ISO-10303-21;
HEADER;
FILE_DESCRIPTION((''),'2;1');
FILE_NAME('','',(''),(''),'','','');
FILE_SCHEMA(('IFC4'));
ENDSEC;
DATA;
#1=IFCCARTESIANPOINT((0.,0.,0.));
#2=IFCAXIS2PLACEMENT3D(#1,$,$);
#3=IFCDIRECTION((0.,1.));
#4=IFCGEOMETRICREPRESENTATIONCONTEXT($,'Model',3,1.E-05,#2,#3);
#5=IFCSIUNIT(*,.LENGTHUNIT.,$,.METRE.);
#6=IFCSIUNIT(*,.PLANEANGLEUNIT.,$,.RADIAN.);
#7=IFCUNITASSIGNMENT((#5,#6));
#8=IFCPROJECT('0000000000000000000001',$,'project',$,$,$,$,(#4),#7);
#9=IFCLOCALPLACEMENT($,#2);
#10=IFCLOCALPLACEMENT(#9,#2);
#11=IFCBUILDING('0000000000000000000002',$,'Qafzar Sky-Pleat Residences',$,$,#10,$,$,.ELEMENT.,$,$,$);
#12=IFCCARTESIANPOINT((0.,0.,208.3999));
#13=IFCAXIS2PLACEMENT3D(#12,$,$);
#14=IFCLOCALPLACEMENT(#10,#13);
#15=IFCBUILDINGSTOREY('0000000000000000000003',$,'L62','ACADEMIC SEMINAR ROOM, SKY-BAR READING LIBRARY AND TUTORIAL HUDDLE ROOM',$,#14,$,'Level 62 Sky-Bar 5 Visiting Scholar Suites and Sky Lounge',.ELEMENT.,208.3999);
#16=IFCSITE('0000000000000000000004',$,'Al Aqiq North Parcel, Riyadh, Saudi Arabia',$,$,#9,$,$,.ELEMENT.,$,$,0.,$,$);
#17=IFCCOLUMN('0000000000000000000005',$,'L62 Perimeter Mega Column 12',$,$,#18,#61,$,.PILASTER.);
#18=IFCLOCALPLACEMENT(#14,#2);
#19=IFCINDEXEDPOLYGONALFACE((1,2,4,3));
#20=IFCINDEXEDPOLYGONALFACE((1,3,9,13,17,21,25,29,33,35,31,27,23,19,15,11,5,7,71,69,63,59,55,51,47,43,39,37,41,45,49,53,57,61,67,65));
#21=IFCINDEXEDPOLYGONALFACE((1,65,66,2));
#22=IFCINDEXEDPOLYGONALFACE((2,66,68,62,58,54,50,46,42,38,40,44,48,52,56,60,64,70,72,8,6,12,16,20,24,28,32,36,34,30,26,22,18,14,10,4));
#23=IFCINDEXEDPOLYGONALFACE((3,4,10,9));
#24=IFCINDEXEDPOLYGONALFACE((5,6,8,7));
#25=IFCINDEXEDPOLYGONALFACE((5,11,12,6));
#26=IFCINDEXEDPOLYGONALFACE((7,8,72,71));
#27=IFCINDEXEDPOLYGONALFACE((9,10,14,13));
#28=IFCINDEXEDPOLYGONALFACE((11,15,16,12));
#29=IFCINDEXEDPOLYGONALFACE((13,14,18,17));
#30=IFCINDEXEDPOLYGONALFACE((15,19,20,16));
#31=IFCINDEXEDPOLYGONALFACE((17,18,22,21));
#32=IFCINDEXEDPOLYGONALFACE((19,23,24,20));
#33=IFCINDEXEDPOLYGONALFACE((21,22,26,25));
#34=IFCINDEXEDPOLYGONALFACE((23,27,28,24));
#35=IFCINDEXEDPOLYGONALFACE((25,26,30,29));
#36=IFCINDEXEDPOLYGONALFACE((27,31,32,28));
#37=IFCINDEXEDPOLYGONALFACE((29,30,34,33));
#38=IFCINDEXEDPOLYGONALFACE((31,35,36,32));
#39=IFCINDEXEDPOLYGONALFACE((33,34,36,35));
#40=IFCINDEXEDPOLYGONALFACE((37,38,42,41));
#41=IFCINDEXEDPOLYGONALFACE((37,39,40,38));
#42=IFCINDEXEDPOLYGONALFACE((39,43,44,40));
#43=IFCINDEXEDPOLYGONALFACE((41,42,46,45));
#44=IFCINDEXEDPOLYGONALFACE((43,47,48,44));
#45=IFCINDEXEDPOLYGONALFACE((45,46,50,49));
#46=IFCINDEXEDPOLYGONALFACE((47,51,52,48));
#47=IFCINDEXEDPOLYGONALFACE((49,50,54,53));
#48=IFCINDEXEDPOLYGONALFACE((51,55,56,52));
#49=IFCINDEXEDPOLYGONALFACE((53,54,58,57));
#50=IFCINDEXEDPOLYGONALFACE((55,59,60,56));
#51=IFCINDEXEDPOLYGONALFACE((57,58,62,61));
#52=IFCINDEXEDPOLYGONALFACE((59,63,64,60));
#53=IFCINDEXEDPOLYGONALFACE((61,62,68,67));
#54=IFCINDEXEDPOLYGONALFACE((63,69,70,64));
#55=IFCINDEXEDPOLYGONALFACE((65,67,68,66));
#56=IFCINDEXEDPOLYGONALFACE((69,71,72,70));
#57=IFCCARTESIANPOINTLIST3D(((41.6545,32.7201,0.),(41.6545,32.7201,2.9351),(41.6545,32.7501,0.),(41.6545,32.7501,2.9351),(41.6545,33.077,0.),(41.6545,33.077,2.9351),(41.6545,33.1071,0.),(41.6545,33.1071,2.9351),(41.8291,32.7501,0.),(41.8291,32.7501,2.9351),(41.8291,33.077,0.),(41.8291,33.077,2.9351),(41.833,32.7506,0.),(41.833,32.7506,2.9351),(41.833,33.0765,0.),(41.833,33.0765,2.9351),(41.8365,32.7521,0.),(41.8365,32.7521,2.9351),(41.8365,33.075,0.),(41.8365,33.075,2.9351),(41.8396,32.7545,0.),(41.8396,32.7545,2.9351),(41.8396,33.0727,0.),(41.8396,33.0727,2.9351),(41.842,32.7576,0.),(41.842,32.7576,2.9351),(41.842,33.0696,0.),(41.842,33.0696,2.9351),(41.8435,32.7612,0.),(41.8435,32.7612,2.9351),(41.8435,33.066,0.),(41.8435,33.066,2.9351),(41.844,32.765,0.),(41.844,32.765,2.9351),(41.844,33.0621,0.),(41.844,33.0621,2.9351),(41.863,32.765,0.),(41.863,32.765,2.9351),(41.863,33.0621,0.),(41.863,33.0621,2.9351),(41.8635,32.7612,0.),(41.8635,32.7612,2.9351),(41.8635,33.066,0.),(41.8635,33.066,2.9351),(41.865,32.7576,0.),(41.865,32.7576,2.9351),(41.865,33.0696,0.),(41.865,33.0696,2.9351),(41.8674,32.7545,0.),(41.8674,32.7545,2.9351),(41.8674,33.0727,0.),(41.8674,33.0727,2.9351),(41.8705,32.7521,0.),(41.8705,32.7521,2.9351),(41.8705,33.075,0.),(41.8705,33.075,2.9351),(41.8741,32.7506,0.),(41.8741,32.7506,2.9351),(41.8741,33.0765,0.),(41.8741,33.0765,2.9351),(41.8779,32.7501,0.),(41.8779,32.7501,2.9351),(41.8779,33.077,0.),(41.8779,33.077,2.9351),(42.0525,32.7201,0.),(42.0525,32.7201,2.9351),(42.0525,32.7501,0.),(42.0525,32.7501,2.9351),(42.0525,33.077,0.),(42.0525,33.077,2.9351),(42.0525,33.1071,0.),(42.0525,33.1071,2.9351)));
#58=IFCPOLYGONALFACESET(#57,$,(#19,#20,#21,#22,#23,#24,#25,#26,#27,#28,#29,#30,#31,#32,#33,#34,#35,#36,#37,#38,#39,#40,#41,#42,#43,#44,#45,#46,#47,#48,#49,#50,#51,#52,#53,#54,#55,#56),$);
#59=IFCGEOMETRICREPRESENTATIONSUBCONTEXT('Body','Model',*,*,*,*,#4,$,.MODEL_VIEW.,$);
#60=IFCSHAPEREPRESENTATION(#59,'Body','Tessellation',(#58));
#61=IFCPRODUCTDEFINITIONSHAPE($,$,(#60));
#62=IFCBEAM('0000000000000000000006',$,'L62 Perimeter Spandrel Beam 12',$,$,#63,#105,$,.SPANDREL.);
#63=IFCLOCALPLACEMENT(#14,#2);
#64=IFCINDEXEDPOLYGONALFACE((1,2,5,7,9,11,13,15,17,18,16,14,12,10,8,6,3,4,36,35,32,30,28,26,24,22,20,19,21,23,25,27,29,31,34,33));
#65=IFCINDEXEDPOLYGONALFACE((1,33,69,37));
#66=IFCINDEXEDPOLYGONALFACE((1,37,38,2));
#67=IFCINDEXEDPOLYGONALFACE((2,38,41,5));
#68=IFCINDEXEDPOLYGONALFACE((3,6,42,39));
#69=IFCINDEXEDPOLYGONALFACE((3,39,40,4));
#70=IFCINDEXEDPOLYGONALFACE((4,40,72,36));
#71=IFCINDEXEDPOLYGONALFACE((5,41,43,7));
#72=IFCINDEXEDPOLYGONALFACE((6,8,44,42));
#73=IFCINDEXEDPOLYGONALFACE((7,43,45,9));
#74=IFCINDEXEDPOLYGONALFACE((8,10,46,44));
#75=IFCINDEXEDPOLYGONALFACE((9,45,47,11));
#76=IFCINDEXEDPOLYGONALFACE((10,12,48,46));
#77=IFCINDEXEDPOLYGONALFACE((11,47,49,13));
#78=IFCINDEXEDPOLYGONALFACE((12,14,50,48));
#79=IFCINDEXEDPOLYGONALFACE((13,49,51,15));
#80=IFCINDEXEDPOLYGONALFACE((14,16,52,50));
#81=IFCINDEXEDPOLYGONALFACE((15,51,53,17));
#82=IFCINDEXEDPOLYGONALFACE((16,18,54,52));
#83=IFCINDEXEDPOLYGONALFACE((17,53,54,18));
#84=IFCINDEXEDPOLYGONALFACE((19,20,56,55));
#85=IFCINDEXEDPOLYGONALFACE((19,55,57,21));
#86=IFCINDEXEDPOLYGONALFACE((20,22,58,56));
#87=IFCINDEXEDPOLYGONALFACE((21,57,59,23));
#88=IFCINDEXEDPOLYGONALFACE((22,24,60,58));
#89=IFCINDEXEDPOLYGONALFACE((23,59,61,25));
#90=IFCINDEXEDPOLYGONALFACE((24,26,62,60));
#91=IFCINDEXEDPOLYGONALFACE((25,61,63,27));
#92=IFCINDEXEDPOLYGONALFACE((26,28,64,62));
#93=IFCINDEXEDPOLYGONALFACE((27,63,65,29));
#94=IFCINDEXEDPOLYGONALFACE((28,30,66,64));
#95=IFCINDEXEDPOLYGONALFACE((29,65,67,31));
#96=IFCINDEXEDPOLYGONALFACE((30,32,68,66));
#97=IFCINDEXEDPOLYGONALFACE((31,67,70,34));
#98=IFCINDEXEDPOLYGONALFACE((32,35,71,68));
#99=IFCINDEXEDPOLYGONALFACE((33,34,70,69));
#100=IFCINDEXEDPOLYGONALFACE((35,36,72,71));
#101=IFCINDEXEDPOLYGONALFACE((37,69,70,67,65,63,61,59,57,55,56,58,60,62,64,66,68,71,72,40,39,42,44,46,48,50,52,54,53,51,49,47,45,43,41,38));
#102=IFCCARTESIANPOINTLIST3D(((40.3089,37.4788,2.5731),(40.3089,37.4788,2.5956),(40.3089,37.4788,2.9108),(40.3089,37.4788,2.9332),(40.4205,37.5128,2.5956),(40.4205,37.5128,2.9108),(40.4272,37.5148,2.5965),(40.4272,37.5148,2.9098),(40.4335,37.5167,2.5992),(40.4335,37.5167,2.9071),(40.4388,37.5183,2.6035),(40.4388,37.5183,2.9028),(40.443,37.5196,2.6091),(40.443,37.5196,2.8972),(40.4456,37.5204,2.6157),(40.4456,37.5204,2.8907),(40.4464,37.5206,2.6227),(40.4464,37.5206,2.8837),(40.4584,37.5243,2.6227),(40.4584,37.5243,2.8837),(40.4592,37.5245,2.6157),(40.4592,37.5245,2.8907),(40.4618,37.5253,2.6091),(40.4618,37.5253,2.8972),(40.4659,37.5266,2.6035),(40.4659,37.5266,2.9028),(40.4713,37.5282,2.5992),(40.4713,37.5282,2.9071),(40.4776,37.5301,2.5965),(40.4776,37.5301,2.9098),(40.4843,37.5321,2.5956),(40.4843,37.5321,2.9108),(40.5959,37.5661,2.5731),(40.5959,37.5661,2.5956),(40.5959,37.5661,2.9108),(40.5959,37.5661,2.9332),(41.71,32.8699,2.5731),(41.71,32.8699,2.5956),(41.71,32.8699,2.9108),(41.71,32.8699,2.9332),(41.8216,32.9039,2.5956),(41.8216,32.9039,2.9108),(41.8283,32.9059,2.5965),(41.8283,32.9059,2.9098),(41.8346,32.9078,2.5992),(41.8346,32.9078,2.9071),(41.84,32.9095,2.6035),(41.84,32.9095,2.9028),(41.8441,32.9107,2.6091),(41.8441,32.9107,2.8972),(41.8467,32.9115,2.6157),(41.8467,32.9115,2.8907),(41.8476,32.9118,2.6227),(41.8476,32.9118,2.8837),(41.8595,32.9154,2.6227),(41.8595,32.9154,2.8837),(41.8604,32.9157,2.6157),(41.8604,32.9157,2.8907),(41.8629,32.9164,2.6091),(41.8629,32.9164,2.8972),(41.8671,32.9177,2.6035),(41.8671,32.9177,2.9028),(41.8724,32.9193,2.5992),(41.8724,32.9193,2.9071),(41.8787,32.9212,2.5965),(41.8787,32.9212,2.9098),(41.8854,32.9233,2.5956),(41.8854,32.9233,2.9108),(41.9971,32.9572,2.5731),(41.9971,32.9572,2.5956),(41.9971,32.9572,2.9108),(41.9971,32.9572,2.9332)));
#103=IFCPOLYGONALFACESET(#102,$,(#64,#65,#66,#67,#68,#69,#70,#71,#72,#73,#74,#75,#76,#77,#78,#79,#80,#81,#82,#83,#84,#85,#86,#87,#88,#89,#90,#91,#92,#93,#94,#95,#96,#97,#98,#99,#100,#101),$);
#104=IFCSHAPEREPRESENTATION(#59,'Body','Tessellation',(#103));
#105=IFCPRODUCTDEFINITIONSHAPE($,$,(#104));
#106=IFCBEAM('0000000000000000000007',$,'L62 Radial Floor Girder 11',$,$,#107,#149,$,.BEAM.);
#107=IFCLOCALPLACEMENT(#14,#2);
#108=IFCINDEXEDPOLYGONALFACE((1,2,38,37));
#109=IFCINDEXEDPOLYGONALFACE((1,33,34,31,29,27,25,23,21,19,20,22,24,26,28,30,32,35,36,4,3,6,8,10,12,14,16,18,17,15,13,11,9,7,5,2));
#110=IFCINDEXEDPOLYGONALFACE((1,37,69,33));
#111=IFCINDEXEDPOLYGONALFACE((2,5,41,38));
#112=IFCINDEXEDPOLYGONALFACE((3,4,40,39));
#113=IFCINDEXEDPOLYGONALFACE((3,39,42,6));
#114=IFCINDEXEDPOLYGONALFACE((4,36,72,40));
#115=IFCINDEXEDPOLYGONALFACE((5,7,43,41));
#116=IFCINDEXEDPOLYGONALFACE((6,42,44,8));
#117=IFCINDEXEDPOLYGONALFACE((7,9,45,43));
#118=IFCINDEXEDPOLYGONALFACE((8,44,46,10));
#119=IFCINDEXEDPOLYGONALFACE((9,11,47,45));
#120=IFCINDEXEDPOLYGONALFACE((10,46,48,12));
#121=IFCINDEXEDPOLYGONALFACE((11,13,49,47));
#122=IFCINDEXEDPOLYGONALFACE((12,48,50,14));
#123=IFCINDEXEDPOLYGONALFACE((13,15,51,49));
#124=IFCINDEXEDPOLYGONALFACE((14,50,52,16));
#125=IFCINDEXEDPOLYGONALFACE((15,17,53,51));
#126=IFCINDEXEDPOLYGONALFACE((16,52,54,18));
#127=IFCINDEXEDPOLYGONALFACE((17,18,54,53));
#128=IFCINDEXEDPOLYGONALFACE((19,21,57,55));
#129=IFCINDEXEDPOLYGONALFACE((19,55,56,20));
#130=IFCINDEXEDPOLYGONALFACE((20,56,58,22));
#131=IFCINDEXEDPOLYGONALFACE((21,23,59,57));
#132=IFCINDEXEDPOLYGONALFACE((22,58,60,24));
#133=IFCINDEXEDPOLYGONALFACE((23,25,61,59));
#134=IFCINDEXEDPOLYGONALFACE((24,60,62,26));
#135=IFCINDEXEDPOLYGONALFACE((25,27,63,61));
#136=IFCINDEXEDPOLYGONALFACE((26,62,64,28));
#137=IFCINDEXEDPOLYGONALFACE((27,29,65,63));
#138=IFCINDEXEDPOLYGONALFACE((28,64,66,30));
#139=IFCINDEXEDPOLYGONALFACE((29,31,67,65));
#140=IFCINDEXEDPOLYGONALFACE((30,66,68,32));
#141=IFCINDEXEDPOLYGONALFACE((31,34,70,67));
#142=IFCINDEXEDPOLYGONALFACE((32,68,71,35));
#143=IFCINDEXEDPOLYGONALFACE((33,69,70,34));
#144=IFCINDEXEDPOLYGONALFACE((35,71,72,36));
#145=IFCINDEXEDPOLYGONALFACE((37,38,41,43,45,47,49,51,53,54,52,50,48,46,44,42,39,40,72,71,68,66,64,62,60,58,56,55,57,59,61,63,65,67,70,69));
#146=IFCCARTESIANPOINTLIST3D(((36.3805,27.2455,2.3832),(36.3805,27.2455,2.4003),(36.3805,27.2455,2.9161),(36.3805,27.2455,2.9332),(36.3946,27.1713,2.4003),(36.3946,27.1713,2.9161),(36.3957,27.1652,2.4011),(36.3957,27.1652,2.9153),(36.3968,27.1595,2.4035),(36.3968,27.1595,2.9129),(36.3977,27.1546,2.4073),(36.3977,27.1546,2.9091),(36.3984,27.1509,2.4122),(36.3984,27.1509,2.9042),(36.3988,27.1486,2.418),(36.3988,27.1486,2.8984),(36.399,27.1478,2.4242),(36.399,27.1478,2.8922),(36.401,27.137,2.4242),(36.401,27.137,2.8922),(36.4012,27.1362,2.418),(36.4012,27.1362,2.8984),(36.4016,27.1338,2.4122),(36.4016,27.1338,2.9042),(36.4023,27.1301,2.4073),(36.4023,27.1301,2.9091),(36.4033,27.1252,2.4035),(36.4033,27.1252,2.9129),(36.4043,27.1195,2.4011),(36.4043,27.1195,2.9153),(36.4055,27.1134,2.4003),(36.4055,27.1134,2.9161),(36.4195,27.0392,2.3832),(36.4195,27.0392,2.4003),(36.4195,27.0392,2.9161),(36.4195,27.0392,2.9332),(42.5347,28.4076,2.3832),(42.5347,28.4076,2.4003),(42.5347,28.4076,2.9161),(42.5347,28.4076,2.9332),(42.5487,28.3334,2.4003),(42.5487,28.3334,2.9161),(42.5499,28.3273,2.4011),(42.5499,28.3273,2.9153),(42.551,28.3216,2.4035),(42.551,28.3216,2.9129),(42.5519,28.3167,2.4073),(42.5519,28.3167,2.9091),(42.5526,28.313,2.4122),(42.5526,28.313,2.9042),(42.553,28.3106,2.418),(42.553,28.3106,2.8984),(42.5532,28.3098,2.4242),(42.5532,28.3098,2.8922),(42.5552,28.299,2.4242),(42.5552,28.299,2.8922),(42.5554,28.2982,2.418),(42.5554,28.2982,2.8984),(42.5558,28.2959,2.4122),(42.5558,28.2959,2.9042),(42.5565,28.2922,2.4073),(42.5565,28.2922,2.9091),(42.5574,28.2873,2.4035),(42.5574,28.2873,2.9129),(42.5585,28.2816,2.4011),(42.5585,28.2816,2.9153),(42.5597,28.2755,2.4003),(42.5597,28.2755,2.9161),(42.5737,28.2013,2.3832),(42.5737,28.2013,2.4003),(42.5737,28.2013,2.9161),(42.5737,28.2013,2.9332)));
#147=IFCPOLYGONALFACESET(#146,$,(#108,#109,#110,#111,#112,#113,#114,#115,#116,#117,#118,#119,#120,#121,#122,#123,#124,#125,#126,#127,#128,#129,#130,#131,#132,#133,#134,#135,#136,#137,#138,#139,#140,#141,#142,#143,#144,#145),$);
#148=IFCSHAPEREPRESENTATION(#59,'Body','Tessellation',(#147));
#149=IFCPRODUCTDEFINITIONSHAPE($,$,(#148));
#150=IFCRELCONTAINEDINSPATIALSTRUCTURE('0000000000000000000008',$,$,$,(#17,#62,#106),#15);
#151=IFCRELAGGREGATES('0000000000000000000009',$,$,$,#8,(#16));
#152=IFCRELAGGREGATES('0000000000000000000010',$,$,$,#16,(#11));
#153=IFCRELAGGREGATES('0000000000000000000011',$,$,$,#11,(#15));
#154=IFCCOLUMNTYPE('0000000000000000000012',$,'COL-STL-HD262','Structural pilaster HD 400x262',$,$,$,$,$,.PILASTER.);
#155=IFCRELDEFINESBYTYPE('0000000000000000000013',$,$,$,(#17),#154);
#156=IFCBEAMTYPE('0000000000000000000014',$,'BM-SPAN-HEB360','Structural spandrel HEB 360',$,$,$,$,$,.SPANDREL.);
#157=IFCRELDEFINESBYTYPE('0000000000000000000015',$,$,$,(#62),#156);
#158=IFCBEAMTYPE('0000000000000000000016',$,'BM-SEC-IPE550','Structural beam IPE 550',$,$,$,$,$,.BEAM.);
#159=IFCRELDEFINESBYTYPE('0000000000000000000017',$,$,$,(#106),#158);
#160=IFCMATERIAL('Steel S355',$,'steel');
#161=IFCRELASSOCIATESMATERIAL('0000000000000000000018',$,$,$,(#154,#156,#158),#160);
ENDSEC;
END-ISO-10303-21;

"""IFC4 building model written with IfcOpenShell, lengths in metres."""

from ifc_helpers import new_model, si_unit, direction, frame, origin, origin_2d, place, context, subcontext, project, spatial, i_section, extrude, source, transform, mapped, material, material_profile, profile_set, type_object, element, save


model = new_model("IFC4")

# Units and contexts
model_context = context("Model", 3, precision=1e-05, world=origin(), true_north=direction((0.0, 1.0)))
body_context = subcontext(model_context, "Body", "Model", "MODEL_VIEW")
ifc_project = project(units=[si_unit("LENGTHUNIT", "METRE"), si_unit("PLANEANGLEUNIT", "RADIAN")], contexts=[model_context])

# Site, building, storey
site_placement = place(None, origin())
site = spatial("IfcSite", under=ifc_project, at=site_placement, Name="Al Aqiq North Parcel, Riyadh, Saudi Arabia", CompositionType="ELEMENT", RefElevation=0.0)
building_placement = place(site_placement, origin())
building = spatial("IfcBuilding", under=site, at=building_placement, Name="Qafzar Sky-Pleat Residences", CompositionType="ELEMENT")
storey_placement = place(building_placement, frame((0.0, 0.0, 208.3999)))
storey = spatial("IfcBuildingStorey", under=building, at=storey_placement, Name="L62", Description="ACADEMIC SEMINAR ROOM, SKY-BAR READING LIBRARY AND TUTORIAL HUDDLE ROOM", LongName="Level 62 Sky-Bar 5 Visiting Scholar Suites and Sky Lounge", CompositionType="ELEMENT", Elevation=208.3999)

# Column
ifc_material_1 = material(Name="Steel S355", Category="steel")
ifc_material_profile_1 = material_profile(ifc_material_1, i_section(OverallWidth=0.3979, OverallDepth=0.387, WebThickness=0.019, FlangeThickness=0.03, FilletRadius=0.0149, at=origin_2d()), Name="HD 400x262")
ifc_profile_set_1 = profile_set([ifc_material_profile_1], Name="Steel S355")
column_type = type_object("IfcColumnType", Name="COL-STL-HD262", Description="Structural pilaster HD 400x262", PredefinedType="PILASTER", material=ifc_profile_set_1)
shared_shape_1 = source(origin(), body_context, "Body", "SweptSolid", [
    extrude(i_section(OverallWidth=0.3979, OverallDepth=0.387, WebThickness=0.019, FlangeThickness=0.03, FilletRadius=0.0149, at=origin_2d()), origin(), (0.0, 0.0, 1.0), 2.9351),
])
column_placement = place(storey_placement, frame((41.8535, 32.9136, 0.0), z_axis=(0.0, 0.0, 1.0), x_axis=(1.0, 0.0, 0.0)))
element("IfcColumn", 1, at=column_placement, inside=storey, type_object=column_type, Name="L62 Perimeter Mega Column 12", PredefinedType="PILASTER", context=body_context, shape_type="MappedRepresentation", body=[
    mapped(shared_shape_1, transform((0.0, 0.0, 0.0), x_axis=(1.0, 0.0, 0.0), y_axis=(0.0, 1.0, 0.0), z_axis=(0.0, 0.0, 1.0), scale=1.0)),
])

# Beams
ifc_material_profile_2 = material_profile(ifc_material_1, i_section(OverallWidth=0.3, OverallDepth=0.3601, WebThickness=0.0125, FlangeThickness=0.0225, FilletRadius=0.0271, at=origin_2d()), Name="HEB 360")
ifc_profile_set_2 = profile_set([ifc_material_profile_2], Name="Steel S355")
beam_type_1 = type_object("IfcBeamType", Name="BM-SPAN-HEB360", Description="Structural spandrel HEB 360", PredefinedType="SPANDREL", material=ifc_profile_set_2)
shared_shape_2 = source(origin(), body_context, "Body", "SweptSolid", [
    extrude(i_section(OverallWidth=0.3, OverallDepth=0.3601, WebThickness=0.0125, FlangeThickness=0.0225, FilletRadius=0.0271, at=origin_2d()), origin(), (0.0, 0.0, 1.0), 4.8171),
])
beam_1_placement = place(storey_placement, frame((41.8535, 32.9136, 2.7532), z_axis=(-0.290861, 0.956765, 0.0), x_axis=(-0.956765, -0.290861, 0.0)))
element("IfcBeam", 2, at=beam_1_placement, inside=storey, type_object=beam_type_1, Name="L62 Perimeter Spandrel Beam 12", PredefinedType="SPANDREL", context=body_context, shape_type="MappedRepresentation", body=[
    mapped(shared_shape_2, transform((0.0, 0.0, 0.0), x_axis=(1.0, 0.0, 0.0), y_axis=(0.0, 1.0, 0.0), z_axis=(0.0, 0.0, 1.0), scale=1.0)),
])
ifc_material_profile_3 = material_profile(ifc_material_1, i_section(OverallWidth=0.21, OverallDepth=0.55, WebThickness=0.011, FlangeThickness=0.0171, FilletRadius=0.0239, at=origin_2d()), Name="IPE 550")
ifc_profile_set_3 = profile_set([ifc_material_profile_3], Name="Steel S355")
beam_type_2 = type_object("IfcBeamType", Name="BM-SEC-IPE550", Description="Structural beam IPE 550", PredefinedType="BEAM", material=ifc_profile_set_3)
shared_shape_3 = source(origin(), body_context, "Body", "SweptSolid", [
    extrude(i_section(OverallWidth=0.21, OverallDepth=0.55, WebThickness=0.011, FlangeThickness=0.0171, FilletRadius=0.0239, at=origin_2d()), origin(), (0.0, 0.0, 1.0), 6.2629),
])
beam_2_placement = place(storey_placement, frame((42.5542, 28.3044, 2.6582), z_axis=(-0.982635, -0.18555, 0.0), x_axis=(0.18555, -0.982635, 0.0)))
element("IfcBeam", 3, at=beam_2_placement, inside=storey, type_object=beam_type_2, Name="L62 Radial Floor Girder 11", PredefinedType="BEAM", context=body_context, shape_type="MappedRepresentation", body=[
    mapped(shared_shape_3, transform((0.0, 0.0, 0.0), x_axis=(1.0, 0.0, 0.0), y_axis=(0.0, 1.0, 0.0), z_axis=(0.0, 0.0, 1.0), scale=1.0)),
])

save(model, "model.ifc")
